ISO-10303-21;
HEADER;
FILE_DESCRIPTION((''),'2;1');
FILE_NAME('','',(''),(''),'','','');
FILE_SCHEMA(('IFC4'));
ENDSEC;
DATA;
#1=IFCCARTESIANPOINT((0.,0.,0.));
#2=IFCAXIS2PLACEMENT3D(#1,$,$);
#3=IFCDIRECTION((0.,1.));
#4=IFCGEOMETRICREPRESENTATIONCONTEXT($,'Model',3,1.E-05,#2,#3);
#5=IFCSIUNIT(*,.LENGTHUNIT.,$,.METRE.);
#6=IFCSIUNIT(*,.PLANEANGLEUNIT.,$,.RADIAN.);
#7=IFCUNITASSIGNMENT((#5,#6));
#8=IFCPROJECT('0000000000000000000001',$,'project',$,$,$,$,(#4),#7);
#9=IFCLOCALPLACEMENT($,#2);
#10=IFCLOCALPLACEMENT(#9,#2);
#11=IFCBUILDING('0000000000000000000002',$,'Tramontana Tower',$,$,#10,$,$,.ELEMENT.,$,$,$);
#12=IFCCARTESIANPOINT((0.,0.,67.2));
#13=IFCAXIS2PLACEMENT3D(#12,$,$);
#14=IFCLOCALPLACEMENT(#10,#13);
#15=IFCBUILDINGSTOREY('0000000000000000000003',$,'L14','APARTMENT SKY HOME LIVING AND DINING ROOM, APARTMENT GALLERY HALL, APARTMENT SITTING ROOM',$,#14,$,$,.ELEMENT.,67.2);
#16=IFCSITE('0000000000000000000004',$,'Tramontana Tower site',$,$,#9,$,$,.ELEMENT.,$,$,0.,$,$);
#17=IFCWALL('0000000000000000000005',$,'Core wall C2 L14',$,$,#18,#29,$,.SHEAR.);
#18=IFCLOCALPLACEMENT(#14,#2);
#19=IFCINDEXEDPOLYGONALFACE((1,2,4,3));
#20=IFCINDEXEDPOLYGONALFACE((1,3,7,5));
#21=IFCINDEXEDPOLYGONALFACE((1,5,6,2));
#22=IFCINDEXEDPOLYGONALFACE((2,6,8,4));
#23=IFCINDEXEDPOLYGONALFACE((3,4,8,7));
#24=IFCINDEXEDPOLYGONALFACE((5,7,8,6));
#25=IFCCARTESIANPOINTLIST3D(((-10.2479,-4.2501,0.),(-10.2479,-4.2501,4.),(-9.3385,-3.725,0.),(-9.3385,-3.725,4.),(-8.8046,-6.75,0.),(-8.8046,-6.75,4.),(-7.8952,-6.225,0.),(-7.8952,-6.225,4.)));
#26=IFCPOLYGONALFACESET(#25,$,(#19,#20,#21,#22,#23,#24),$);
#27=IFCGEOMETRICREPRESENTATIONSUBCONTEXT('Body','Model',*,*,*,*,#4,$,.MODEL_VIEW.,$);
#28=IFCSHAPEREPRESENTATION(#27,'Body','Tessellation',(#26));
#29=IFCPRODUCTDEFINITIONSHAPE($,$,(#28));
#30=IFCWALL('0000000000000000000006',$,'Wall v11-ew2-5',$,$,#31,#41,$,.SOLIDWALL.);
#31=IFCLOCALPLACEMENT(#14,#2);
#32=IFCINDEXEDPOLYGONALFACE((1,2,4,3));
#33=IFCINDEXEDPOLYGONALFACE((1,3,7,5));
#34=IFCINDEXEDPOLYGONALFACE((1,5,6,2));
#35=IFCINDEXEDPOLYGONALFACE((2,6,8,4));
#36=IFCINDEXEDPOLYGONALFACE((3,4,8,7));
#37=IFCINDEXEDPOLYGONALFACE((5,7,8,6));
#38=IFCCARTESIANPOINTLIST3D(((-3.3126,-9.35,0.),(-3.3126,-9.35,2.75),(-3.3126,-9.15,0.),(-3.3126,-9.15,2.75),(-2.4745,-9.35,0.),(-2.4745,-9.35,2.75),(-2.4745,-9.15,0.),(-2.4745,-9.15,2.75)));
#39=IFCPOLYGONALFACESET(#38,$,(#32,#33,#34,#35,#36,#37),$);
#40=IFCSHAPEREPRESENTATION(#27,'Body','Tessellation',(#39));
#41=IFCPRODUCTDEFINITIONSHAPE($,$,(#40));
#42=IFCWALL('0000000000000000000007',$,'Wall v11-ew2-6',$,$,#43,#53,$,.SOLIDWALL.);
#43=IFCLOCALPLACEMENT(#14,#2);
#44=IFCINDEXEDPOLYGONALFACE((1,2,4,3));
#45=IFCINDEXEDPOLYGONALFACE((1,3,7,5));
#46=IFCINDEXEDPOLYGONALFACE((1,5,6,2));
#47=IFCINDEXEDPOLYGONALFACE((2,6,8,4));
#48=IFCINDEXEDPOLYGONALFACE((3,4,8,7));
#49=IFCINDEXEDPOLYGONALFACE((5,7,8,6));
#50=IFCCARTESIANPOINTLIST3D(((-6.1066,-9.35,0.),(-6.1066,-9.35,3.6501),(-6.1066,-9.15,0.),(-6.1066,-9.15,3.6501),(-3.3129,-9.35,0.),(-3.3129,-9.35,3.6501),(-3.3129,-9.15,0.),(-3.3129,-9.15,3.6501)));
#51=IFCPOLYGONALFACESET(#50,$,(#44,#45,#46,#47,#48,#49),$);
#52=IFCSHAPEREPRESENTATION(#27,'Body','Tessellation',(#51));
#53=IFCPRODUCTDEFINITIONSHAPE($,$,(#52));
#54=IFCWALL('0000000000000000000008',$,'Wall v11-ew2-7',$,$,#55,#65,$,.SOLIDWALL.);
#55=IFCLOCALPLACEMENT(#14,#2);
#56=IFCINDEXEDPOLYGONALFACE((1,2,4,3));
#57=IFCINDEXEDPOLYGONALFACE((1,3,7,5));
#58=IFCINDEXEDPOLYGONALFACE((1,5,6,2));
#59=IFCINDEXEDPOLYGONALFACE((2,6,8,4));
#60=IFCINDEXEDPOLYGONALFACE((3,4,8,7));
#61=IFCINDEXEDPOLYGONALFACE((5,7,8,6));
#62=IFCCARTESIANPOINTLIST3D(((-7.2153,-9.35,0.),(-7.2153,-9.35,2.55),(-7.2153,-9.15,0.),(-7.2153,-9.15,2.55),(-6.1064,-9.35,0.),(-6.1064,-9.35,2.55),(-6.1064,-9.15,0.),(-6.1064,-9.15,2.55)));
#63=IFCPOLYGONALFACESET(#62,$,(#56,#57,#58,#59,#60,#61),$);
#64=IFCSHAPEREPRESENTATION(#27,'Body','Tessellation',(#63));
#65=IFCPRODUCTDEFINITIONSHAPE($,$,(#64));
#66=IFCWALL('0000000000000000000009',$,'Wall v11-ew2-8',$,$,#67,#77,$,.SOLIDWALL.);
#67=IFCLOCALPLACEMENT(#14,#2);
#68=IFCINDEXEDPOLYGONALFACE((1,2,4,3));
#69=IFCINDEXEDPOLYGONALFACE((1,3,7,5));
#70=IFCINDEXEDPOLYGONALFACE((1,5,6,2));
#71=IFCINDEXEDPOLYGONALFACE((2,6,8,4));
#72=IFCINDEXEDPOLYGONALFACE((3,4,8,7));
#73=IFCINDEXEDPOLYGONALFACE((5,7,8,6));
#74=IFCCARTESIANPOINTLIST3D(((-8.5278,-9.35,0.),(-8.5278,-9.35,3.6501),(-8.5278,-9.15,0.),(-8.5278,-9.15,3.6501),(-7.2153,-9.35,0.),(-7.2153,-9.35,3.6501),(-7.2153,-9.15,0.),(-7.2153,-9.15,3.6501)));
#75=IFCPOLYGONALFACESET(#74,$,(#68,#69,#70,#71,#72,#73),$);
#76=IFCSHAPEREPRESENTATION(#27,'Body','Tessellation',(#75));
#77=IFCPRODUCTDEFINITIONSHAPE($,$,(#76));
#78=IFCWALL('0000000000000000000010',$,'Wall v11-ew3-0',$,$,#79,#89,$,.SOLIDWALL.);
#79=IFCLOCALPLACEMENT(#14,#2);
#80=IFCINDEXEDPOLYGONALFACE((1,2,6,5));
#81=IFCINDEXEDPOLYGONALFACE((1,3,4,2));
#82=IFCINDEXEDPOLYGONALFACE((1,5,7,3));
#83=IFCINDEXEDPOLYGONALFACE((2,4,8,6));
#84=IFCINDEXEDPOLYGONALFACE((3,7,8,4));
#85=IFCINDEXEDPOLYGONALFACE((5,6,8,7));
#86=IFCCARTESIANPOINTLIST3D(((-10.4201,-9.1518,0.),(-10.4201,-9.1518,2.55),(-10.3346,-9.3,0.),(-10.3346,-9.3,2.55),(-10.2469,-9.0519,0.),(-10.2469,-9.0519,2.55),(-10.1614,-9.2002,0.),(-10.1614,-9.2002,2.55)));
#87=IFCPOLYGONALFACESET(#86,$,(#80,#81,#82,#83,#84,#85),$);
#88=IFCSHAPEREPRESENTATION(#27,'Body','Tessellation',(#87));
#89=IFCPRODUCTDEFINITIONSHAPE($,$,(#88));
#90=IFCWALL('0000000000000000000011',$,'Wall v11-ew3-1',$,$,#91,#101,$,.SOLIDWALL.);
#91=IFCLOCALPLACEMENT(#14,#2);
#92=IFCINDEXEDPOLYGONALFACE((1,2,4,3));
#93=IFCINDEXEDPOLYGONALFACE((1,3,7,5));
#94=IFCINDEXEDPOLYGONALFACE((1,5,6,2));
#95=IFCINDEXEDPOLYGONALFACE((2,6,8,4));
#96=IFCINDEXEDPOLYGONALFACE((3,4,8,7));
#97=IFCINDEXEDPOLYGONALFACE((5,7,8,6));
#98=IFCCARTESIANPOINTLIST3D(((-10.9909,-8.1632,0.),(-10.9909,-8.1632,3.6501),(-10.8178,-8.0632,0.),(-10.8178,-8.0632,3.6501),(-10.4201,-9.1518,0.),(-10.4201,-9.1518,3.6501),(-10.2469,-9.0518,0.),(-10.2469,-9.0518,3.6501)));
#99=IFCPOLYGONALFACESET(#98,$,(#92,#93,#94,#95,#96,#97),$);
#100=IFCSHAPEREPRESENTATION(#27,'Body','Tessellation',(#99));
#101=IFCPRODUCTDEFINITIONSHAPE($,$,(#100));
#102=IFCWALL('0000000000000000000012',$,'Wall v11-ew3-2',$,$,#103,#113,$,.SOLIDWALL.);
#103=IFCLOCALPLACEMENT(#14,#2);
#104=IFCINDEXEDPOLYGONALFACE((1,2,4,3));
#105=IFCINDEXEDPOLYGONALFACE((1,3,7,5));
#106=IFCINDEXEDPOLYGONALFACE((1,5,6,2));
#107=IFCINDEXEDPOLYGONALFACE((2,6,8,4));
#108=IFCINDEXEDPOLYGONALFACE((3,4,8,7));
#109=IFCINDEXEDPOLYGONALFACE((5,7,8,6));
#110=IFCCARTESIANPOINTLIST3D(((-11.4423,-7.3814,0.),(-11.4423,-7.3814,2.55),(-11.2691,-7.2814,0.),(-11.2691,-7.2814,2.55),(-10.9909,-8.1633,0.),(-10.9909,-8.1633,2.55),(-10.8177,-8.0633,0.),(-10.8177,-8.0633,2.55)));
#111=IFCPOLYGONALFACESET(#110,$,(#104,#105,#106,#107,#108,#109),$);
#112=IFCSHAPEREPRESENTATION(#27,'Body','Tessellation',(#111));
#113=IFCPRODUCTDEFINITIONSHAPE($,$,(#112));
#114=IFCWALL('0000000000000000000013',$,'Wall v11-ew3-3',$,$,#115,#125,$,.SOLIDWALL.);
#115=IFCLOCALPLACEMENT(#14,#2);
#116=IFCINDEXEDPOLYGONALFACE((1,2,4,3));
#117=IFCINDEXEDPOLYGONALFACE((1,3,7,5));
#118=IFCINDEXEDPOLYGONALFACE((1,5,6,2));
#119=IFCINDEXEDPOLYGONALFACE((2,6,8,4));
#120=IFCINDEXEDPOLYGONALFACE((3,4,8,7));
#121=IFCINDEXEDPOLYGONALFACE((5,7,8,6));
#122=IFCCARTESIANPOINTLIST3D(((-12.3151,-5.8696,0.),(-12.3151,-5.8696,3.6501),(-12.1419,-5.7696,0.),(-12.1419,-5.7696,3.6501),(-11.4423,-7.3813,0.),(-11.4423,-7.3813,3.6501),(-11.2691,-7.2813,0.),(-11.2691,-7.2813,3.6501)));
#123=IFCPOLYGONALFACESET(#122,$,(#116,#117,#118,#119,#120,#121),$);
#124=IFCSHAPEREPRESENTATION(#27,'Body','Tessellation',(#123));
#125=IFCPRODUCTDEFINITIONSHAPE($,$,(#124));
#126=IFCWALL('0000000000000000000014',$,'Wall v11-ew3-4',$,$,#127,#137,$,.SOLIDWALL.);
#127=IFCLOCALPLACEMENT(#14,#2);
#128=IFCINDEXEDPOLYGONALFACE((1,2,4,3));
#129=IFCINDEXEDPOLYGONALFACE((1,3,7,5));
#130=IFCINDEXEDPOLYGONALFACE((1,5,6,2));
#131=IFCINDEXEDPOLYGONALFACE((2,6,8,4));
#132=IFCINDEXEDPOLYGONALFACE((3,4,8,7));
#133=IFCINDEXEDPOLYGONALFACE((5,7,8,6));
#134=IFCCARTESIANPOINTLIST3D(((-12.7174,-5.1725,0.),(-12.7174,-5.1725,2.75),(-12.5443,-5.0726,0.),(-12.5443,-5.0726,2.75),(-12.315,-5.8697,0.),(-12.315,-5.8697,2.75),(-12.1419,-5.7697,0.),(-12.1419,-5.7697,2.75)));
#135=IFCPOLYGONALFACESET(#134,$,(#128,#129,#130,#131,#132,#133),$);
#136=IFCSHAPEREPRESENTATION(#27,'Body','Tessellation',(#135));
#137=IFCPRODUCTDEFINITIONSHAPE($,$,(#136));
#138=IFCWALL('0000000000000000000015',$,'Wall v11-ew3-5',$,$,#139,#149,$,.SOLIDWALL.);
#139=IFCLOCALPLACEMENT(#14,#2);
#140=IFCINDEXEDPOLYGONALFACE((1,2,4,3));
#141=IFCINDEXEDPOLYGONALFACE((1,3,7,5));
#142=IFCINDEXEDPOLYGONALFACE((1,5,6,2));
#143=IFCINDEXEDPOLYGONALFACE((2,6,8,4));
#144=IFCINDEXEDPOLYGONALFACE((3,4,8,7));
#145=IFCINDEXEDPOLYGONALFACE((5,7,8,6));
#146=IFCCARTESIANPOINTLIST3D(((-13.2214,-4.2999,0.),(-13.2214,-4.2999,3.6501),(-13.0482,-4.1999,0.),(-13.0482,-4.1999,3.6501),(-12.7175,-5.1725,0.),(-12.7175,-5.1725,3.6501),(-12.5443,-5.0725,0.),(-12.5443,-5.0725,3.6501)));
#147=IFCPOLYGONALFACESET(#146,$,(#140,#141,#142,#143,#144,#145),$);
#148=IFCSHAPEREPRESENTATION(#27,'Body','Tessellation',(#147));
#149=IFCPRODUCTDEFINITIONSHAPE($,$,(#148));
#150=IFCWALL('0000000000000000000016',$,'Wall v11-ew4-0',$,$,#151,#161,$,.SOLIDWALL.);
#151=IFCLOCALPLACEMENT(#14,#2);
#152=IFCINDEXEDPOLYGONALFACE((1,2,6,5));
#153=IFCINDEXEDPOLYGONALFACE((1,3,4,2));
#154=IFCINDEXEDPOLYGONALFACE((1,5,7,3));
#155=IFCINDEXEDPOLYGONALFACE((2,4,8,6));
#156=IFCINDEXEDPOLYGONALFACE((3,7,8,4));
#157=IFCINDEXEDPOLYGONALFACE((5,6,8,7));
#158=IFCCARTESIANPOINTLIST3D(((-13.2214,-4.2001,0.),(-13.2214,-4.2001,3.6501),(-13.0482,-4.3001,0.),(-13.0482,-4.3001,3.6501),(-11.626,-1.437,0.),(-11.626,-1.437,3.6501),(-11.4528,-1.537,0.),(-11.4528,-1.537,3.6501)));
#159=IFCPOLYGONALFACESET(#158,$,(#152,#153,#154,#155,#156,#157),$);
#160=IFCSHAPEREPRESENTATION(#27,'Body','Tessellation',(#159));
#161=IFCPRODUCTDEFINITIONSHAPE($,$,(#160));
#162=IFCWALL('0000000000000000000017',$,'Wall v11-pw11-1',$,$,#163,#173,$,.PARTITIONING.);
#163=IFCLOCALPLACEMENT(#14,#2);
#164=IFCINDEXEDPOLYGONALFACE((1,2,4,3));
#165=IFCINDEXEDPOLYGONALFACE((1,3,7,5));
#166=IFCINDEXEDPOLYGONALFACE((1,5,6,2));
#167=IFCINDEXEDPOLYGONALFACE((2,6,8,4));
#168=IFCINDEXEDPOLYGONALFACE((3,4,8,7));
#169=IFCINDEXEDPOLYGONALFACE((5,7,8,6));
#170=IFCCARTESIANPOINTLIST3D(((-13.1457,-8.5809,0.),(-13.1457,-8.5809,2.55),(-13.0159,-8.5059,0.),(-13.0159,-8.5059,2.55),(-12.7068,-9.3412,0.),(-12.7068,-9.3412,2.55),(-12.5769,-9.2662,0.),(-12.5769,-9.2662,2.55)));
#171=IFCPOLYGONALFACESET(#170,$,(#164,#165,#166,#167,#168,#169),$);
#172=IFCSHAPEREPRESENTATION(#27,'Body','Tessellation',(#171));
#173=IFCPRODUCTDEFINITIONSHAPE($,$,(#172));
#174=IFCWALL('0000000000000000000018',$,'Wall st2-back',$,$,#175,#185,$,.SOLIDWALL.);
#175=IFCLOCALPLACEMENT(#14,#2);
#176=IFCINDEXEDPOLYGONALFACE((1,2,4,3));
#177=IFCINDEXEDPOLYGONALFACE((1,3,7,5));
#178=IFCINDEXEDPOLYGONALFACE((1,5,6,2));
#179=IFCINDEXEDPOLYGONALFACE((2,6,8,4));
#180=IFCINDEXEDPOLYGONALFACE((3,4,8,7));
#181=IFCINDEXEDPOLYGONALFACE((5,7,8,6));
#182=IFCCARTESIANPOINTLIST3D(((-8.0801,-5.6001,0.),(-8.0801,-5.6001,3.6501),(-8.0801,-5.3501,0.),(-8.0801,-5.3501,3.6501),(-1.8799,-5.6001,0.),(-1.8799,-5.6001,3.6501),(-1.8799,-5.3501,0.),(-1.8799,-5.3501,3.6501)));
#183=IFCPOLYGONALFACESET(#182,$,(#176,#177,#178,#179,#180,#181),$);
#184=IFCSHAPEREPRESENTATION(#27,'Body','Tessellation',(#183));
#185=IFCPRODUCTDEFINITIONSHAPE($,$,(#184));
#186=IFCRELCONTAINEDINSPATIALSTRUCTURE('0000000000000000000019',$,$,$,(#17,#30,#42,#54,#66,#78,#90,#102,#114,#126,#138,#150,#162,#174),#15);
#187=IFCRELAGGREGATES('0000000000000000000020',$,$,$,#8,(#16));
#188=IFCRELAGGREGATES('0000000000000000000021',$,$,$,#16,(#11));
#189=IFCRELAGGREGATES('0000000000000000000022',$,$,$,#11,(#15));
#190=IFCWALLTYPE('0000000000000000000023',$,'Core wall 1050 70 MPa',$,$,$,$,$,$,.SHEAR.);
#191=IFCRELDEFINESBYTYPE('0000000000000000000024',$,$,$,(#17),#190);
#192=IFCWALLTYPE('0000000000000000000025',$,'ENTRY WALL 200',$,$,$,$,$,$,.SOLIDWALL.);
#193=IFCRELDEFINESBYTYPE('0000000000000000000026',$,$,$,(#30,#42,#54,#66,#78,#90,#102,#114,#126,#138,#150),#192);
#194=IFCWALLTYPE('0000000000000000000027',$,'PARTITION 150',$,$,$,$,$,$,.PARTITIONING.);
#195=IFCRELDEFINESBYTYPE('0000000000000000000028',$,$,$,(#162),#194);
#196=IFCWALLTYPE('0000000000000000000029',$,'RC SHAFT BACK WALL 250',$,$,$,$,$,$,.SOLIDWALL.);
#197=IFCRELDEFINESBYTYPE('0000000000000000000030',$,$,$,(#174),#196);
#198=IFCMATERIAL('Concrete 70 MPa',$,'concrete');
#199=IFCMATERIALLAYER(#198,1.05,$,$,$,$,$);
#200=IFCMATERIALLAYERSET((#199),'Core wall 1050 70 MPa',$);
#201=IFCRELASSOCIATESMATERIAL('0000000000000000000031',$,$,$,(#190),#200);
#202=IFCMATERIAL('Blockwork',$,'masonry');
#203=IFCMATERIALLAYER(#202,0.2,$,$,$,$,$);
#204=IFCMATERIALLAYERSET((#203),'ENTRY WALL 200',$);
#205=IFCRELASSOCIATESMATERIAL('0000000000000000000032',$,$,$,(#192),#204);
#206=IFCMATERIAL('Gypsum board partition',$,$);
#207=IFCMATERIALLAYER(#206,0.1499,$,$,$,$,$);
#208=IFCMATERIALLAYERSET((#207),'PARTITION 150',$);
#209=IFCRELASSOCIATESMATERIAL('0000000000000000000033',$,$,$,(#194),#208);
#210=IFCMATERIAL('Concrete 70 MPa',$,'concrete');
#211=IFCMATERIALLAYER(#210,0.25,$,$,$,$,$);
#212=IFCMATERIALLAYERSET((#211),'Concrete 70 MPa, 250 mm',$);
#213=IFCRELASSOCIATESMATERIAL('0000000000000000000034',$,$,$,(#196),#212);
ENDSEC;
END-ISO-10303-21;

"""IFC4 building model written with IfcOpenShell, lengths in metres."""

from ifc_helpers import new_model, si_unit, direction, frame, frame_2d, origin, place, context, subcontext, project, spatial, rectangle, extrude, material, layer, layer_set, type_object, element, save


model = new_model("IFC4")

# Units and contexts
model_context = context("Model", 3, precision=1e-05, world=origin(), true_north=direction((0.0, 1.0)))
body_context = subcontext(model_context, "Body", "Model", "MODEL_VIEW")
ifc_project = project(units=[si_unit("LENGTHUNIT", "METRE"), si_unit("PLANEANGLEUNIT", "RADIAN")], contexts=[model_context])

# Site, building, storey
site_placement = place(None, origin())
site = spatial("IfcSite", under=ifc_project, at=site_placement, Name="Tramontana Tower site", CompositionType="ELEMENT", RefElevation=0.0)
building_placement = place(site_placement, origin())
building = spatial("IfcBuilding", under=site, at=building_placement, Name="Tramontana Tower", CompositionType="ELEMENT")
storey_placement = place(building_placement, frame((0.0, 0.0, 67.2)))
storey = spatial("IfcBuildingStorey", under=building, at=storey_placement, Name="L14", Description="APARTMENT SKY HOME LIVING AND DINING ROOM, APARTMENT GALLERY HALL, APARTMENT SITTING ROOM", CompositionType="ELEMENT", Elevation=67.2)

# Wall
ifc_material_1 = material(Name="Concrete 70 MPa", Category="concrete")
ifc_layer_1 = layer(ifc_material_1, 1.05)
ifc_layer_set_1 = layer_set([ifc_layer_1], Name="Core wall 1050 70 MPa")
wall_type_1 = type_object("IfcWallType", Name="Core wall 1050 70 MPa", PredefinedType="SHEAR", material=ifc_layer_set_1)
wall_1_placement = place(storey_placement, frame((-9.7932, -3.9875, 0.0), z_axis=(0.0, 0.0, 1.0), x_axis=(0.499996, -0.866028, 0.0)))
element("IfcWall", 1, at=wall_1_placement, inside=storey, type_object=wall_type_1, Name="Core wall C2 L14", PredefinedType="SHEAR", context=body_context, shape_type="SweptSolid", body=[
    extrude(rectangle(XDim=2.8867, YDim=1.05, at=frame_2d((1.4434, 0.0))), origin(), (0.0, 0.0, 1.0), 4.0),
])

# Walls
ifc_material_2 = material(Name="Blockwork", Category="masonry")
ifc_layer_2 = layer(ifc_material_2, 0.2)
ifc_layer_set_2 = layer_set([ifc_layer_2], Name="ENTRY WALL 200")
wall_type_2 = type_object("IfcWallType", Name="ENTRY WALL 200", PredefinedType="SOLIDWALL", material=ifc_layer_set_2)
wall_2_placement = place(storey_placement, frame((-2.4746, -9.25, 0.0), z_axis=(0.0, 0.0, 1.0), x_axis=(-1.0, 0.0, 0.0)))
element("IfcWall", 2, at=wall_2_placement, inside=storey, type_object=wall_type_2, Name="Wall v11-ew2-5", PredefinedType="SOLIDWALL", context=body_context, shape_type="SweptSolid", body=[
    extrude(rectangle(XDim=0.8381, YDim=0.2, at=frame_2d((0.4189, 0.0))), origin(), (0.0, 0.0, 1.0), 2.75),
])
wall_3_placement = place(storey_placement, frame((-3.3127, -9.25, 0.0), z_axis=(0.0, 0.0, 1.0), x_axis=(-1.0, 0.0, 0.0)))
element("IfcWall", 3, at=wall_3_placement, inside=storey, type_object=wall_type_2, Name="Wall v11-ew2-6", PredefinedType="SOLIDWALL", context=body_context, shape_type="SweptSolid", body=[
    extrude(rectangle(XDim=2.7937, YDim=0.2, at=frame_2d((1.397, 0.0))), origin(), (0.0, 0.0, 1.0), 3.6501),
])
wall_4_placement = place(storey_placement, frame((-6.1064, -9.25, 0.0), z_axis=(0.0, 0.0, 1.0), x_axis=(-1.0, 0.0, 0.0)))
element("IfcWall", 4, at=wall_4_placement, inside=storey, type_object=wall_type_2, Name="Wall v11-ew2-7", PredefinedType="SOLIDWALL", context=body_context, shape_type="SweptSolid", body=[
    extrude(rectangle(XDim=1.1089, YDim=0.2, at=frame_2d((0.5544, 0.0))), origin(), (0.0, 0.0, 1.0), 2.55),
])
wall_5_placement = place(storey_placement, frame((-7.2153, -9.25, 0.0), z_axis=(0.0, 0.0, 1.0), x_axis=(-1.0, 0.0, 0.0)))
element("IfcWall", 5, at=wall_5_placement, inside=storey, type_object=wall_type_2, Name="Wall v11-ew2-8", PredefinedType="SOLIDWALL", context=body_context, shape_type="SweptSolid", body=[
    extrude(rectangle(XDim=1.3125, YDim=0.2, at=frame_2d((0.6562, 0.0))), origin(), (0.0, 0.0, 1.0), 3.6501),
])

# Walls
wall_6_placement = place(storey_placement, frame((-10.248, -9.25, 0.0), z_axis=(0.0, 0.0, 1.0), x_axis=(-0.499517, 0.866304, 0.0)))
element("IfcWall", 6, at=wall_6_placement, inside=storey, type_object=wall_type_2, Name="Wall v11-ew3-0", PredefinedType="SOLIDWALL", context=body_context, shape_type="SweptSolid", body=[
    extrude(rectangle(XDim=0.1711, YDim=0.2, at=frame_2d((0.0854, 0.0))), origin(), (0.0, 0.0, 1.0), 2.55),
])
wall_7_placement = place(storey_placement, frame((-10.3335, -9.1018, 0.0), z_axis=(0.0, 0.0, 1.0), x_axis=(-0.50005, 0.865997, 0.0)))
element("IfcWall", 7, at=wall_7_placement, inside=storey, type_object=wall_type_2, Name="Wall v11-ew3-1", PredefinedType="SOLIDWALL", context=body_context, shape_type="SweptSolid", body=[
    extrude(rectangle(XDim=1.1416, YDim=0.2, at=frame_2d((0.5708, 0.0))), origin(), (0.0, 0.0, 1.0), 3.6501),
])
wall_8_placement = place(storey_placement, frame((-10.9043, -8.1133, 0.0), z_axis=(0.0, 0.0, 1.0), x_axis=(-0.499949, 0.866055, 0.0)))
element("IfcWall", 8, at=wall_8_placement, inside=storey, type_object=wall_type_2, Name="Wall v11-ew3-2", PredefinedType="SOLIDWALL", context=body_context, shape_type="SweptSolid", body=[
    extrude(rectangle(XDim=0.9028, YDim=0.2, at=frame_2d((0.4514, 0.0))), origin(), (0.0, 0.0, 1.0), 2.55),
])
wall_9_placement = place(storey_placement, frame((-11.3557, -7.3313, 0.0), z_axis=(0.0, 0.0, 1.0), x_axis=(-0.500005, 0.866023, 0.0)))
element("IfcWall", 9, at=wall_9_placement, inside=storey, type_object=wall_type_2, Name="Wall v11-ew3-3", PredefinedType="SOLIDWALL", context=body_context, shape_type="SweptSolid", body=[
    extrude(rectangle(XDim=1.7456, YDim=0.2, at=frame_2d((0.8728, 0.0))), origin(), (0.0, 0.0, 1.0), 3.6501),
])
wall_10_placement = place(storey_placement, frame((-12.2285, -5.8196, 0.0), z_axis=(0.0, 0.0, 1.0), x_axis=(-0.499924, 0.866069, 0.0)))
element("IfcWall", 10, at=wall_10_placement, inside=storey, type_object=wall_type_2, Name="Wall v11-ew3-4", PredefinedType="SOLIDWALL", context=body_context, shape_type="SweptSolid", body=[
    extrude(rectangle(XDim=0.8049, YDim=0.2, at=frame_2d((0.4023, 0.0))), origin(), (0.0, 0.0, 1.0), 2.75),
])
wall_11_placement = place(storey_placement, frame((-12.6309, -5.1226, 0.0), z_axis=(0.0, 0.0, 1.0), x_axis=(-0.5001, 0.865968, 0.0)))
element("IfcWall", 11, at=wall_11_placement, inside=storey, type_object=wall_type_2, Name="Wall v11-ew3-5", PredefinedType="SOLIDWALL", context=body_context, shape_type="SweptSolid", body=[
    extrude(rectangle(XDim=1.0076, YDim=0.2, at=frame_2d((0.5039, 0.0))), origin(), (0.0, 0.0, 1.0), 3.6501),
])
wall_12_placement = place(storey_placement, frame((-13.1348, -4.25, 0.0), z_axis=(0.0, 0.0, 1.0), x_axis=(0.500032, 0.866007, 0.0)))
element("IfcWall", 12, at=wall_12_placement, inside=storey, type_object=wall_type_2, Name="Wall v11-ew4-0", PredefinedType="SOLIDWALL", context=body_context, shape_type="SweptSolid", body=[
    extrude(rectangle(XDim=3.1907, YDim=0.2, at=frame_2d((1.5952, 0.0))), origin(), (0.0, 0.0, 1.0), 3.6501),
])
ifc_material_3 = material(Name="Gypsum board partition")
ifc_layer_3 = layer(ifc_material_3, 0.1499)
ifc_layer_set_3 = layer_set([ifc_layer_3], Name="PARTITION 150")
wall_type_3 = type_object("IfcWallType", Name="PARTITION 150", PredefinedType="PARTITIONING", material=ifc_layer_set_3)
wall_13_placement = place(storey_placement, frame((-12.6418, -9.3037, 0.0), z_axis=(0.0, 0.0, 1.0), x_axis=(-0.500027, 0.86601, 0.0)))
element("IfcWall", 13, at=wall_13_placement, inside=storey, type_object=wall_type_3, Name="Wall v11-pw11-1", PredefinedType="PARTITIONING", context=body_context, shape_type="SweptSolid", body=[
    extrude(rectangle(XDim=0.8779, YDim=0.1499, at=frame_2d((0.439, 0.0))), origin(), (0.0, 0.0, 1.0), 2.55),
])

# Wall
ifc_material_4 = material(Name="Concrete 70 MPa", Category="concrete")
ifc_layer_4 = layer(ifc_material_4, 0.25)
ifc_layer_set_4 = layer_set([ifc_layer_4], Name="Concrete 70 MPa, 250 mm")
wall_type_4 = type_object("IfcWallType", Name="RC SHAFT BACK WALL 250", PredefinedType="SOLIDWALL", material=ifc_layer_set_4)
wall_14_placement = place(storey_placement, frame((-8.0801, -5.4751, 0.0), z_axis=(0.0, 0.0, 1.0), x_axis=(1.0, 0.0, 0.0)))
element("IfcWall", 14, at=wall_14_placement, inside=storey, type_object=wall_type_4, Name="Wall st2-back", PredefinedType="SOLIDWALL", context=body_context, shape_type="SweptSolid", body=[
    extrude(rectangle(XDim=6.2002, YDim=0.25, at=frame_2d((3.1001, 0.0))), origin(), (0.0, 0.0, 1.0), 3.6501),
])

save(model, "model.ifc")
